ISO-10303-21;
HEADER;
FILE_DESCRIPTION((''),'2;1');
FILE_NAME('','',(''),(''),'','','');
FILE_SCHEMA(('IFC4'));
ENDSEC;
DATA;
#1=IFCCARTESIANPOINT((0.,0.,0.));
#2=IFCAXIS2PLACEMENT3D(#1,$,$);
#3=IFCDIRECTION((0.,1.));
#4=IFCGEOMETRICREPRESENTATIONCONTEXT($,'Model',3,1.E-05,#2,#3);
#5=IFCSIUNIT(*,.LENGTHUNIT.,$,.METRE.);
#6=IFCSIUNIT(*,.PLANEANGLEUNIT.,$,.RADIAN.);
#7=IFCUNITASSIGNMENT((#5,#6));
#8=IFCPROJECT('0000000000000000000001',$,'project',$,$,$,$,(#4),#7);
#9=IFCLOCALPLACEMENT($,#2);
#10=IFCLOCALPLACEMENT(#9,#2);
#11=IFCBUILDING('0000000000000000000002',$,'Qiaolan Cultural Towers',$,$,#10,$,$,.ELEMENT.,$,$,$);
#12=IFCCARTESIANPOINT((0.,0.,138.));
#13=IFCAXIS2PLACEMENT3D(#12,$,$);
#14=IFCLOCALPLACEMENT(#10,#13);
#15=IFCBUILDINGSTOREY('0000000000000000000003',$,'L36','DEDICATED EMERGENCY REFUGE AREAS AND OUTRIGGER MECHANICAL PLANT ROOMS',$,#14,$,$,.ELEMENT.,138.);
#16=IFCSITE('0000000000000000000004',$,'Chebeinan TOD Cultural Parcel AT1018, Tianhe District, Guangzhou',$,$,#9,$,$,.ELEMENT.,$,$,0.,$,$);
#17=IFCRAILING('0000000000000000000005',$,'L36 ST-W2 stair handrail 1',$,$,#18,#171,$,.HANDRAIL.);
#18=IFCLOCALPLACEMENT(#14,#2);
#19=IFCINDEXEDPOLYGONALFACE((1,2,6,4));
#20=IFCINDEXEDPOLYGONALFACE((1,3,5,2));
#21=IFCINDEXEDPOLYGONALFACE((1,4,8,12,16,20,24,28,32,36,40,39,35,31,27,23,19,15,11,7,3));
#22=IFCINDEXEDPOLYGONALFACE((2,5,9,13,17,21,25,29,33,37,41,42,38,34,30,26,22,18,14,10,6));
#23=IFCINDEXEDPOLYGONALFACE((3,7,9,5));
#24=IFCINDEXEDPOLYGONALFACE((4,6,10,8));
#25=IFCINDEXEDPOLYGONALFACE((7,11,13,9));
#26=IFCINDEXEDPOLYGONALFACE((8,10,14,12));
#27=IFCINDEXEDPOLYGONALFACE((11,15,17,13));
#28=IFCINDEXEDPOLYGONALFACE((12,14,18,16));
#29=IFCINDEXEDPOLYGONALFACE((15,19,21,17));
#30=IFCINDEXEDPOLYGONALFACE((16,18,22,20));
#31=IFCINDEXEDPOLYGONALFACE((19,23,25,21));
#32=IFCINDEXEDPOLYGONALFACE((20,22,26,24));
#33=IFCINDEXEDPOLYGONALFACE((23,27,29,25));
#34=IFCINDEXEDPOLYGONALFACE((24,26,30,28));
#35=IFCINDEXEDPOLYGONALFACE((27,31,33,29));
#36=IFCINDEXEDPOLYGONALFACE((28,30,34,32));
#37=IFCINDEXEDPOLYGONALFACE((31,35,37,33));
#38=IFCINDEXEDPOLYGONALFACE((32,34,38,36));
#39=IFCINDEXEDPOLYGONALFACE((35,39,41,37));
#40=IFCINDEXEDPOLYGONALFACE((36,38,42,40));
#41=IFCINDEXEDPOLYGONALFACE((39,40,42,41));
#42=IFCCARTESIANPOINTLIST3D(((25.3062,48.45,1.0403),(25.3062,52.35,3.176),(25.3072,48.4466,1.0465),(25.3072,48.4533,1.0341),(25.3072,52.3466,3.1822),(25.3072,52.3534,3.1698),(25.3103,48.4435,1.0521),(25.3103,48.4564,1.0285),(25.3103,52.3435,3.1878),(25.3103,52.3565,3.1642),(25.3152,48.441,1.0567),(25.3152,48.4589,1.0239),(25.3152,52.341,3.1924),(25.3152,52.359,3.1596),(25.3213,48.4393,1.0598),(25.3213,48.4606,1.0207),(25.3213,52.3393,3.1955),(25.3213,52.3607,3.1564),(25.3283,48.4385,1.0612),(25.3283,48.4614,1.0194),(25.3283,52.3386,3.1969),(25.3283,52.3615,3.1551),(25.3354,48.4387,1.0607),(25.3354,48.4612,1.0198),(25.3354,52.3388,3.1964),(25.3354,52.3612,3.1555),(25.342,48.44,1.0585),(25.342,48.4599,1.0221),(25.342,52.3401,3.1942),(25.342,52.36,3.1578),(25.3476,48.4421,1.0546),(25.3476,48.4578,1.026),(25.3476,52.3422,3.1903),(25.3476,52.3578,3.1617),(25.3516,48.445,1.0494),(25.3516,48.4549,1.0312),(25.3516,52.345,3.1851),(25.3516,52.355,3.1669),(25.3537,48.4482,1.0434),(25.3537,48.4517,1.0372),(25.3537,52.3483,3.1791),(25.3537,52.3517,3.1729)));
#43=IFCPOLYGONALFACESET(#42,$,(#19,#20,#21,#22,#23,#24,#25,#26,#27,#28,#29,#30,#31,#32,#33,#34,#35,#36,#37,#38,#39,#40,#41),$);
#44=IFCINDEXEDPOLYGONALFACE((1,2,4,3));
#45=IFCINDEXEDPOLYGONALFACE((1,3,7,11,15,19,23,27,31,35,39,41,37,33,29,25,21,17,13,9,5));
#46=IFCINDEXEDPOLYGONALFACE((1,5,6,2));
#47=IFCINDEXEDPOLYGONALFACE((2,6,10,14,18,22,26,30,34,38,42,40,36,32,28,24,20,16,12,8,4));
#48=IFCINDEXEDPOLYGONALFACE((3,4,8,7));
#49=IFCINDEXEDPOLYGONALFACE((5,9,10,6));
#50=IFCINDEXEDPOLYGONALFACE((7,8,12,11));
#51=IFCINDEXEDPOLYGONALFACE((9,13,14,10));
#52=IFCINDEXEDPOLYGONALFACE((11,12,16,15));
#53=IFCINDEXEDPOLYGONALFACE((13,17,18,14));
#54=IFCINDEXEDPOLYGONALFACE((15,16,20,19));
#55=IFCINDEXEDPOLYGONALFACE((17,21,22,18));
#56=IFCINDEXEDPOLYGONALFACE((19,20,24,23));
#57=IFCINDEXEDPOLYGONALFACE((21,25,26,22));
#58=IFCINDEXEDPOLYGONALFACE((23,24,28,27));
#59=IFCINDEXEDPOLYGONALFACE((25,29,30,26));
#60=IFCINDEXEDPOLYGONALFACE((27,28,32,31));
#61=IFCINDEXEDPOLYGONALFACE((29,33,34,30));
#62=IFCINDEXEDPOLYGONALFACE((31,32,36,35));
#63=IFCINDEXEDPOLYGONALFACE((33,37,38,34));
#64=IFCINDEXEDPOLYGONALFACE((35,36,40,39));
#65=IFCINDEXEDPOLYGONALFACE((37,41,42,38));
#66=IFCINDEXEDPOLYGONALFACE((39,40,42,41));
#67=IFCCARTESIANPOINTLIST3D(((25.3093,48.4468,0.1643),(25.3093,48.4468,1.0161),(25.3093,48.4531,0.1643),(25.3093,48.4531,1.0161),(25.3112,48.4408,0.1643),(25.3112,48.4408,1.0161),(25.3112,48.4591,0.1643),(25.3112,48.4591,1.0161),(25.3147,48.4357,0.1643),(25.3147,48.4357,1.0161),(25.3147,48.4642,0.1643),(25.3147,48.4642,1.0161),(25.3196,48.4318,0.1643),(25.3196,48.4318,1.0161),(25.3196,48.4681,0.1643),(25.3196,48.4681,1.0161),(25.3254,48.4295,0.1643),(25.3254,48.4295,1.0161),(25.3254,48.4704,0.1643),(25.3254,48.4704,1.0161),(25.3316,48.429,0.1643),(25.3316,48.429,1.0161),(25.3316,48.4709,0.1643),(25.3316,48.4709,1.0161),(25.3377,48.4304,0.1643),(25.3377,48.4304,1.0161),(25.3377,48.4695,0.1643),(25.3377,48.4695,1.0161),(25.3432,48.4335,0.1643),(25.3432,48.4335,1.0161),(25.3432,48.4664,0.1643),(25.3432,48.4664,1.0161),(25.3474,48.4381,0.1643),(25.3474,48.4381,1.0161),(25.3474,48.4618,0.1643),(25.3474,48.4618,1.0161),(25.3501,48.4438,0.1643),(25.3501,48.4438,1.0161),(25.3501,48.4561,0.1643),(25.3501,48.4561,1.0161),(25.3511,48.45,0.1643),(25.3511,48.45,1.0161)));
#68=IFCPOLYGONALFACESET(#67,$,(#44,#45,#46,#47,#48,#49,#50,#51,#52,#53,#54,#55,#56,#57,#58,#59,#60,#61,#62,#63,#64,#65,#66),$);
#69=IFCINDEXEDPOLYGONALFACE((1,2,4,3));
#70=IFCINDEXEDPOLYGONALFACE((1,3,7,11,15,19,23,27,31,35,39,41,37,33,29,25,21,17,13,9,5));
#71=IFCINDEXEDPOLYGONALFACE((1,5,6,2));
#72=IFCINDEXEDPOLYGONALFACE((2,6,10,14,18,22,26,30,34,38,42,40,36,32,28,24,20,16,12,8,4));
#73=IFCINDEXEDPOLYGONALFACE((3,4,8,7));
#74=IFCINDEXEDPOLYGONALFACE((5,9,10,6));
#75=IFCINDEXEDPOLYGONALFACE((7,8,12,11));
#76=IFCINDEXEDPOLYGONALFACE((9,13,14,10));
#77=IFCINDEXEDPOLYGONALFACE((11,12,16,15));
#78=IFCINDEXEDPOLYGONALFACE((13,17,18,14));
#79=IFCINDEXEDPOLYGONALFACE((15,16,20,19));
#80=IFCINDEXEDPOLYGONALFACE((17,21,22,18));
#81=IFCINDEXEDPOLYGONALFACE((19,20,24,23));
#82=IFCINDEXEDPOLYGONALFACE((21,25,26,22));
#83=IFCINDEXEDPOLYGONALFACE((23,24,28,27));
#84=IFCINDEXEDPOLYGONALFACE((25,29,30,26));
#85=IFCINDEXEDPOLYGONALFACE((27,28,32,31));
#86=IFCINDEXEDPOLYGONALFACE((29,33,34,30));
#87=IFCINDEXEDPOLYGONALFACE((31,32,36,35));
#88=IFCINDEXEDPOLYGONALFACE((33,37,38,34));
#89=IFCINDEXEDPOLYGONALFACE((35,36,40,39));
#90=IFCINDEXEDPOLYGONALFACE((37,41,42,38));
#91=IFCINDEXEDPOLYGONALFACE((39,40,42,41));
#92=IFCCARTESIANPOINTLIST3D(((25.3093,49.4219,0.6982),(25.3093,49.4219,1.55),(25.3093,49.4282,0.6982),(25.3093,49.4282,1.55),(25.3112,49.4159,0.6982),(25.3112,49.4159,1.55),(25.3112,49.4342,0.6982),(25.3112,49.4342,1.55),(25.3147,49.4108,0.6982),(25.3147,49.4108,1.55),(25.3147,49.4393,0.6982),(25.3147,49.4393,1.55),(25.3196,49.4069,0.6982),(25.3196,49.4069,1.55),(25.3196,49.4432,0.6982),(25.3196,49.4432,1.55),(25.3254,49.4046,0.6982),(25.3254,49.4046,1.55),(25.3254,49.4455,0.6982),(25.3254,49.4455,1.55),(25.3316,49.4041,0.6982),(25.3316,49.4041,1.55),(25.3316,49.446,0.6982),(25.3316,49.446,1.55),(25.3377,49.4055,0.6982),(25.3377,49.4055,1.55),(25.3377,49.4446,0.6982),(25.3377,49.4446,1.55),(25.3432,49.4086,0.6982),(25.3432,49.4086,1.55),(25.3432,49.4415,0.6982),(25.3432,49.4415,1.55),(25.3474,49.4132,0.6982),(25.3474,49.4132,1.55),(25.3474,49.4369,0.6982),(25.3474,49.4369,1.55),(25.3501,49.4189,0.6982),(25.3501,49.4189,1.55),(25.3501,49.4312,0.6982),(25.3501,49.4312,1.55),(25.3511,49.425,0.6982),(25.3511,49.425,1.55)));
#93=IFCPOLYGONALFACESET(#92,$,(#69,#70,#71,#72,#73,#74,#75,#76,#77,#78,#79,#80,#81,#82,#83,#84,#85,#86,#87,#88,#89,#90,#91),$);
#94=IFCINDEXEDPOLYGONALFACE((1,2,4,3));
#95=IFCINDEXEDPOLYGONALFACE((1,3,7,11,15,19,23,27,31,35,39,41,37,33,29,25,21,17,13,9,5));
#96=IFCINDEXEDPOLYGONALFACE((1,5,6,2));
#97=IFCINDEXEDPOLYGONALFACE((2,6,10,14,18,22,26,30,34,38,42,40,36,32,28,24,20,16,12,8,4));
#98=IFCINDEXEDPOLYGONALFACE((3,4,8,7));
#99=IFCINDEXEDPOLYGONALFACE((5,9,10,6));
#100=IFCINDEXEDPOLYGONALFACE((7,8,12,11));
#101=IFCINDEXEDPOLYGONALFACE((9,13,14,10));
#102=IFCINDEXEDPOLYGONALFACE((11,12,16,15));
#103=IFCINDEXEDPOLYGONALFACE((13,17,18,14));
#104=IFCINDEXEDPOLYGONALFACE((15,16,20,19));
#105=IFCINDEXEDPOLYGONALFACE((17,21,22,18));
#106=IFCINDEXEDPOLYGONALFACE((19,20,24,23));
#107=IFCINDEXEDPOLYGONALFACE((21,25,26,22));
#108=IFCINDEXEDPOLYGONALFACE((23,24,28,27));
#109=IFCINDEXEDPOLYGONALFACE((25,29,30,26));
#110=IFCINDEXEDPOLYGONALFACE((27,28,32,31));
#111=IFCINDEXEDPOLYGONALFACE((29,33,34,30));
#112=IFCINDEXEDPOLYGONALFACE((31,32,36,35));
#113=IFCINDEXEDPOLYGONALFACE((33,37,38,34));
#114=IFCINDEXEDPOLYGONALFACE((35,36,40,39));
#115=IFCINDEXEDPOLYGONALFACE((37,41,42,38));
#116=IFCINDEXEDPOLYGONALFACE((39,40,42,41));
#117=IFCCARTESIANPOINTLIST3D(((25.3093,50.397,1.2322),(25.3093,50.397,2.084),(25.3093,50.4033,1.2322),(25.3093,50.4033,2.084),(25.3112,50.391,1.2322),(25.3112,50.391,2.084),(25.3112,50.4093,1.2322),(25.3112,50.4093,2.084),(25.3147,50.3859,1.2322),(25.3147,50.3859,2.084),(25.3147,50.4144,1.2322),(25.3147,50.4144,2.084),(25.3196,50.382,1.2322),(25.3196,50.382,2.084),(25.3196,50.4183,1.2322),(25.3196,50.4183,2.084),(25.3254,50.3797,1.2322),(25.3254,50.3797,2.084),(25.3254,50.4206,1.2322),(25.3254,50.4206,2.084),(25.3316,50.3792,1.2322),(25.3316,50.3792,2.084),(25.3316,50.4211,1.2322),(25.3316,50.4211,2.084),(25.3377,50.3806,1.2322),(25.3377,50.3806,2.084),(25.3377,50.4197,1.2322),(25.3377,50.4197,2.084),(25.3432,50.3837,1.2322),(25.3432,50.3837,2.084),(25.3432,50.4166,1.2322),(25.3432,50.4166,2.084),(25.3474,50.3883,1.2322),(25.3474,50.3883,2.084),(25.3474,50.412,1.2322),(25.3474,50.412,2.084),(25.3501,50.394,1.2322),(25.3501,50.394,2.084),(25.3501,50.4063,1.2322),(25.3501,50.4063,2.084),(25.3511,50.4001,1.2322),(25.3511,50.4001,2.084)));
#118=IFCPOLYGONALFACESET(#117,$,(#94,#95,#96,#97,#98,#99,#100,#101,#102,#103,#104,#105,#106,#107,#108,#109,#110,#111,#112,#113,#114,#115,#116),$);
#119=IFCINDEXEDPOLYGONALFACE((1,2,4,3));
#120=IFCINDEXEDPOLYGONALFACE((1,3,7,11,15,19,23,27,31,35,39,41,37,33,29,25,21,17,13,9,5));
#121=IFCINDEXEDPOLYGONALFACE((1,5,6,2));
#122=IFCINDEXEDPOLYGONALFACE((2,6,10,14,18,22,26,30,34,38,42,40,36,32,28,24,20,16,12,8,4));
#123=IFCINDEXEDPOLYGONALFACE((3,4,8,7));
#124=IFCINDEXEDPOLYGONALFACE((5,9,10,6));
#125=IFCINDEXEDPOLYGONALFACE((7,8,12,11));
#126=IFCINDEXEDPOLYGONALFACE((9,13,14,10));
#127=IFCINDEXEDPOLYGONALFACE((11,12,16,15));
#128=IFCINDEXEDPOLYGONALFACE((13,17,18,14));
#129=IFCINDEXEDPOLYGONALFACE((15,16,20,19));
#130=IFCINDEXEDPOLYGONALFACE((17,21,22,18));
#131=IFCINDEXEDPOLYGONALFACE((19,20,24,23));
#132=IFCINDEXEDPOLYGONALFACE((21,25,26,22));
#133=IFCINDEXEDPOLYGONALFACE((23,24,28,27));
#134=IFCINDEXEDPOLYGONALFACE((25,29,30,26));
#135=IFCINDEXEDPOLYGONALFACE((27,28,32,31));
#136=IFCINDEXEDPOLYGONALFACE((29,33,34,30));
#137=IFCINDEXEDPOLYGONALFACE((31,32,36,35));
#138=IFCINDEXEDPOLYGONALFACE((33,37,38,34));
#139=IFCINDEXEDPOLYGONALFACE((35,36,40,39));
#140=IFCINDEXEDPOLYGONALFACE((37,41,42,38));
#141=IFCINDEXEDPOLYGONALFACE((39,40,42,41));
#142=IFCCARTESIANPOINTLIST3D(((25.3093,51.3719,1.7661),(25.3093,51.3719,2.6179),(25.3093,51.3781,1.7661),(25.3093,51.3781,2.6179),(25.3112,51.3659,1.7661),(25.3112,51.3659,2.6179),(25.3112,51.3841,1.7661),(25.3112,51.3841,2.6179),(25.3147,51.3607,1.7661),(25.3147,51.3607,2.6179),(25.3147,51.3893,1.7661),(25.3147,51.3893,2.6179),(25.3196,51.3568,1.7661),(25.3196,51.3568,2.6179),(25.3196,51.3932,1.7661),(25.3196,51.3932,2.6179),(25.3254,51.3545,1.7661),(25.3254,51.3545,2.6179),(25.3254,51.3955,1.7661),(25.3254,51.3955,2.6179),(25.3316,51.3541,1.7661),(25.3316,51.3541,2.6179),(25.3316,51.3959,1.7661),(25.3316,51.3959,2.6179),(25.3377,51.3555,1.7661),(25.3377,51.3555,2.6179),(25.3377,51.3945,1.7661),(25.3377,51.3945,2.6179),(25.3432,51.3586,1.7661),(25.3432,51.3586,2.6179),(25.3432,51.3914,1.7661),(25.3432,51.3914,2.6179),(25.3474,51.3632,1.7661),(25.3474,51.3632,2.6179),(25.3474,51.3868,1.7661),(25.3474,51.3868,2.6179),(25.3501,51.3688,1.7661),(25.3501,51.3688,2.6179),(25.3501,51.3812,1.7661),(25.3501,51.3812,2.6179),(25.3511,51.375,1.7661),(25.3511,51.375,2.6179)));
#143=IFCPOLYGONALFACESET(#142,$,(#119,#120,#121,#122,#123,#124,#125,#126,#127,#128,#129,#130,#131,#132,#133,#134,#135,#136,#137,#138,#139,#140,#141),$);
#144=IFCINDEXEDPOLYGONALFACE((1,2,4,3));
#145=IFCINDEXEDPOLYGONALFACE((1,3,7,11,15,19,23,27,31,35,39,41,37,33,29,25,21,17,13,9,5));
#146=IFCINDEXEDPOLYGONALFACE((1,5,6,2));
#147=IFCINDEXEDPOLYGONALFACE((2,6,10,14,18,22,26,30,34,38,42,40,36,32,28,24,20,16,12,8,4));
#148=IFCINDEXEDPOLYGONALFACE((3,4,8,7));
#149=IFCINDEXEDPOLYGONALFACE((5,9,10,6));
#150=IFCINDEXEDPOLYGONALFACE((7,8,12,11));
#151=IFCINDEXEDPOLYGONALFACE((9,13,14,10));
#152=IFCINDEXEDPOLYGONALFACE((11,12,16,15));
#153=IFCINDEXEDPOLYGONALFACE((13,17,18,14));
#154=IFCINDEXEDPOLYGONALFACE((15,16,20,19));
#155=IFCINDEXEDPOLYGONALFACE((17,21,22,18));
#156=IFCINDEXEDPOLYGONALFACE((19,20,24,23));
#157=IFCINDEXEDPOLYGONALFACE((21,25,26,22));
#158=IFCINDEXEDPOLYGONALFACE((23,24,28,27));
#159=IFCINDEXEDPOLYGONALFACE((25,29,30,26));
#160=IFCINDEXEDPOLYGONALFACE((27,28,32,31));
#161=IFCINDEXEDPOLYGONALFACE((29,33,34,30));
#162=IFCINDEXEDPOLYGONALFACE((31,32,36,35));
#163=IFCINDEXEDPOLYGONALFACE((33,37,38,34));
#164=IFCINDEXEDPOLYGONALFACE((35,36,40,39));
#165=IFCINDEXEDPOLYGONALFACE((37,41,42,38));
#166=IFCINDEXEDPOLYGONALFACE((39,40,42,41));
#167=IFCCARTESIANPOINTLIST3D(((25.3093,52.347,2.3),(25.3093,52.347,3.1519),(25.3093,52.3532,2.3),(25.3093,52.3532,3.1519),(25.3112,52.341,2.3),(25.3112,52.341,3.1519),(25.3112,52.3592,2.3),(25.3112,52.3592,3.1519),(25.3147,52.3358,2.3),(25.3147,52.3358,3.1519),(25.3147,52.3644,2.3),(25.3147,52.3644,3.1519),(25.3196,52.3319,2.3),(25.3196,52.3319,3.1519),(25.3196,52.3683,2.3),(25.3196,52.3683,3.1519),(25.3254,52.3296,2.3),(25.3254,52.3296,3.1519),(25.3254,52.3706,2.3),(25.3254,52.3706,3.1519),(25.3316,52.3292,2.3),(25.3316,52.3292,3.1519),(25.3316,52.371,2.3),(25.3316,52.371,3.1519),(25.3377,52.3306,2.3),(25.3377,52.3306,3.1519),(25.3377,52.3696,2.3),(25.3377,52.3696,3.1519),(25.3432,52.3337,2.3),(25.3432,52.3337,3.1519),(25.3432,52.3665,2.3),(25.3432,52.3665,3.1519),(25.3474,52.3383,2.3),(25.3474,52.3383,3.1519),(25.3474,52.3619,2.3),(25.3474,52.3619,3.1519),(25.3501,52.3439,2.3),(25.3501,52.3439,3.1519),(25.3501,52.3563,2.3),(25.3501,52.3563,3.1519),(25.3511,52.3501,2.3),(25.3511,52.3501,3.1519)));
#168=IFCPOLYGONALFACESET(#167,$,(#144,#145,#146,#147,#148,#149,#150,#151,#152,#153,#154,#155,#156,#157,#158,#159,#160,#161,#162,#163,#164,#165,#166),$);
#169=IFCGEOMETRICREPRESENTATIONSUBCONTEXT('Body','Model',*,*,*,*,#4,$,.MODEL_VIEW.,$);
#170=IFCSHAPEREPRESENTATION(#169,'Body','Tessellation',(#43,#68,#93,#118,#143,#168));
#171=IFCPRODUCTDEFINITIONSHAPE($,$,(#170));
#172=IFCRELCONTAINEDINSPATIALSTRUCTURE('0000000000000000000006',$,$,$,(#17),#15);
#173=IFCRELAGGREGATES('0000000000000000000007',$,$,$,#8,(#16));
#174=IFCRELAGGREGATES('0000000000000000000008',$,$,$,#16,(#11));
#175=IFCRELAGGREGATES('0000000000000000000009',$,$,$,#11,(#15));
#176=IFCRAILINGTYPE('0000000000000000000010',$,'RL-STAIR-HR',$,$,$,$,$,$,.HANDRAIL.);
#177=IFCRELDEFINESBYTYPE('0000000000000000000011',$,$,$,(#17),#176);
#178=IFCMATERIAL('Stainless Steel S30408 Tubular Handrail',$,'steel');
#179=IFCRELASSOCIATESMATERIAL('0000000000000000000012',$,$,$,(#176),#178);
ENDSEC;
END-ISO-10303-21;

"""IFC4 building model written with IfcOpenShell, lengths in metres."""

from ifc_helpers import new_model, si_unit, direction, frame, origin, origin_2d, place, context, subcontext, project, spatial, circle, extrude, material, type_object, element, save


model = new_model("IFC4")

# Units and contexts
model_context = context("Model", 3, precision=1e-05, world=origin(), true_north=direction((0.0, 1.0)))
body_context = subcontext(model_context, "Body", "Model", "MODEL_VIEW")
ifc_project = project(units=[si_unit("LENGTHUNIT", "METRE"), si_unit("PLANEANGLEUNIT", "RADIAN")], contexts=[model_context])

# Site, building, storey
site_placement = place(None, origin())
site = spatial("IfcSite", under=ifc_project, at=site_placement, Name="Chebeinan TOD Cultural Parcel AT1018, Tianhe District, Guangzhou", CompositionType="ELEMENT", RefElevation=0.0)
building_placement = place(site_placement, origin())
building = spatial("IfcBuilding", under=site, at=building_placement, Name="Qiaolan Cultural Towers", CompositionType="ELEMENT")
storey_placement = place(building_placement, frame((0.0, 0.0, 138.0)))
storey = spatial("IfcBuildingStorey", under=building, at=storey_placement, Name="L36", Description="DEDICATED EMERGENCY REFUGE AREAS AND OUTRIGGER MECHANICAL PLANT ROOMS", CompositionType="ELEMENT", Elevation=138.0)

# Railing
ifc_material_1 = material(Name="Stainless Steel S30408 Tubular Handrail", Category="steel")
railing_type = type_object("IfcRailingType", Name="RL-STAIR-HR", PredefinedType="HANDRAIL", material=ifc_material_1)
railing_placement = place(storey_placement, frame((25.3301, 48.45, 0.1643)))
element("IfcRailing", 1, at=railing_placement, inside=storey, type_object=railing_type, Name="L36 ST-W2 stair handrail 1", PredefinedType="HANDRAIL", context=body_context, shape_type="SweptSolid", body=[
    extrude(circle(Radius=0.0239, at=origin_2d()), frame((0.0, 0.0, 0.876), z_axis=(0.0, 0.877101, 0.480306), x_axis=(-1.0, 0.0, 0.0)), (0.0, 0.0, 1.0), 4.4465),
    extrude(circle(Radius=0.021, at=origin_2d()), origin(), (0.0, 0.0, 1.0), 0.8518),
    extrude(circle(Radius=0.021, at=origin_2d()), frame((0.0, 0.9751, 0.5339)), (0.0, 0.0, 1.0), 0.8518),
    extrude(circle(Radius=0.021, at=origin_2d()), frame((0.0, 1.9502, 1.0679)), (0.0, 0.0, 1.0), 0.8518),
    extrude(circle(Radius=0.021, at=origin_2d()), frame((0.0, 2.925, 1.6018)), (0.0, 0.0, 1.0), 0.8518),
    extrude(circle(Radius=0.021, at=origin_2d()), frame((0.0, 3.9001, 2.1357)), (0.0, 0.0, 1.0), 0.8518),
])

save(model, "model.ifc")
